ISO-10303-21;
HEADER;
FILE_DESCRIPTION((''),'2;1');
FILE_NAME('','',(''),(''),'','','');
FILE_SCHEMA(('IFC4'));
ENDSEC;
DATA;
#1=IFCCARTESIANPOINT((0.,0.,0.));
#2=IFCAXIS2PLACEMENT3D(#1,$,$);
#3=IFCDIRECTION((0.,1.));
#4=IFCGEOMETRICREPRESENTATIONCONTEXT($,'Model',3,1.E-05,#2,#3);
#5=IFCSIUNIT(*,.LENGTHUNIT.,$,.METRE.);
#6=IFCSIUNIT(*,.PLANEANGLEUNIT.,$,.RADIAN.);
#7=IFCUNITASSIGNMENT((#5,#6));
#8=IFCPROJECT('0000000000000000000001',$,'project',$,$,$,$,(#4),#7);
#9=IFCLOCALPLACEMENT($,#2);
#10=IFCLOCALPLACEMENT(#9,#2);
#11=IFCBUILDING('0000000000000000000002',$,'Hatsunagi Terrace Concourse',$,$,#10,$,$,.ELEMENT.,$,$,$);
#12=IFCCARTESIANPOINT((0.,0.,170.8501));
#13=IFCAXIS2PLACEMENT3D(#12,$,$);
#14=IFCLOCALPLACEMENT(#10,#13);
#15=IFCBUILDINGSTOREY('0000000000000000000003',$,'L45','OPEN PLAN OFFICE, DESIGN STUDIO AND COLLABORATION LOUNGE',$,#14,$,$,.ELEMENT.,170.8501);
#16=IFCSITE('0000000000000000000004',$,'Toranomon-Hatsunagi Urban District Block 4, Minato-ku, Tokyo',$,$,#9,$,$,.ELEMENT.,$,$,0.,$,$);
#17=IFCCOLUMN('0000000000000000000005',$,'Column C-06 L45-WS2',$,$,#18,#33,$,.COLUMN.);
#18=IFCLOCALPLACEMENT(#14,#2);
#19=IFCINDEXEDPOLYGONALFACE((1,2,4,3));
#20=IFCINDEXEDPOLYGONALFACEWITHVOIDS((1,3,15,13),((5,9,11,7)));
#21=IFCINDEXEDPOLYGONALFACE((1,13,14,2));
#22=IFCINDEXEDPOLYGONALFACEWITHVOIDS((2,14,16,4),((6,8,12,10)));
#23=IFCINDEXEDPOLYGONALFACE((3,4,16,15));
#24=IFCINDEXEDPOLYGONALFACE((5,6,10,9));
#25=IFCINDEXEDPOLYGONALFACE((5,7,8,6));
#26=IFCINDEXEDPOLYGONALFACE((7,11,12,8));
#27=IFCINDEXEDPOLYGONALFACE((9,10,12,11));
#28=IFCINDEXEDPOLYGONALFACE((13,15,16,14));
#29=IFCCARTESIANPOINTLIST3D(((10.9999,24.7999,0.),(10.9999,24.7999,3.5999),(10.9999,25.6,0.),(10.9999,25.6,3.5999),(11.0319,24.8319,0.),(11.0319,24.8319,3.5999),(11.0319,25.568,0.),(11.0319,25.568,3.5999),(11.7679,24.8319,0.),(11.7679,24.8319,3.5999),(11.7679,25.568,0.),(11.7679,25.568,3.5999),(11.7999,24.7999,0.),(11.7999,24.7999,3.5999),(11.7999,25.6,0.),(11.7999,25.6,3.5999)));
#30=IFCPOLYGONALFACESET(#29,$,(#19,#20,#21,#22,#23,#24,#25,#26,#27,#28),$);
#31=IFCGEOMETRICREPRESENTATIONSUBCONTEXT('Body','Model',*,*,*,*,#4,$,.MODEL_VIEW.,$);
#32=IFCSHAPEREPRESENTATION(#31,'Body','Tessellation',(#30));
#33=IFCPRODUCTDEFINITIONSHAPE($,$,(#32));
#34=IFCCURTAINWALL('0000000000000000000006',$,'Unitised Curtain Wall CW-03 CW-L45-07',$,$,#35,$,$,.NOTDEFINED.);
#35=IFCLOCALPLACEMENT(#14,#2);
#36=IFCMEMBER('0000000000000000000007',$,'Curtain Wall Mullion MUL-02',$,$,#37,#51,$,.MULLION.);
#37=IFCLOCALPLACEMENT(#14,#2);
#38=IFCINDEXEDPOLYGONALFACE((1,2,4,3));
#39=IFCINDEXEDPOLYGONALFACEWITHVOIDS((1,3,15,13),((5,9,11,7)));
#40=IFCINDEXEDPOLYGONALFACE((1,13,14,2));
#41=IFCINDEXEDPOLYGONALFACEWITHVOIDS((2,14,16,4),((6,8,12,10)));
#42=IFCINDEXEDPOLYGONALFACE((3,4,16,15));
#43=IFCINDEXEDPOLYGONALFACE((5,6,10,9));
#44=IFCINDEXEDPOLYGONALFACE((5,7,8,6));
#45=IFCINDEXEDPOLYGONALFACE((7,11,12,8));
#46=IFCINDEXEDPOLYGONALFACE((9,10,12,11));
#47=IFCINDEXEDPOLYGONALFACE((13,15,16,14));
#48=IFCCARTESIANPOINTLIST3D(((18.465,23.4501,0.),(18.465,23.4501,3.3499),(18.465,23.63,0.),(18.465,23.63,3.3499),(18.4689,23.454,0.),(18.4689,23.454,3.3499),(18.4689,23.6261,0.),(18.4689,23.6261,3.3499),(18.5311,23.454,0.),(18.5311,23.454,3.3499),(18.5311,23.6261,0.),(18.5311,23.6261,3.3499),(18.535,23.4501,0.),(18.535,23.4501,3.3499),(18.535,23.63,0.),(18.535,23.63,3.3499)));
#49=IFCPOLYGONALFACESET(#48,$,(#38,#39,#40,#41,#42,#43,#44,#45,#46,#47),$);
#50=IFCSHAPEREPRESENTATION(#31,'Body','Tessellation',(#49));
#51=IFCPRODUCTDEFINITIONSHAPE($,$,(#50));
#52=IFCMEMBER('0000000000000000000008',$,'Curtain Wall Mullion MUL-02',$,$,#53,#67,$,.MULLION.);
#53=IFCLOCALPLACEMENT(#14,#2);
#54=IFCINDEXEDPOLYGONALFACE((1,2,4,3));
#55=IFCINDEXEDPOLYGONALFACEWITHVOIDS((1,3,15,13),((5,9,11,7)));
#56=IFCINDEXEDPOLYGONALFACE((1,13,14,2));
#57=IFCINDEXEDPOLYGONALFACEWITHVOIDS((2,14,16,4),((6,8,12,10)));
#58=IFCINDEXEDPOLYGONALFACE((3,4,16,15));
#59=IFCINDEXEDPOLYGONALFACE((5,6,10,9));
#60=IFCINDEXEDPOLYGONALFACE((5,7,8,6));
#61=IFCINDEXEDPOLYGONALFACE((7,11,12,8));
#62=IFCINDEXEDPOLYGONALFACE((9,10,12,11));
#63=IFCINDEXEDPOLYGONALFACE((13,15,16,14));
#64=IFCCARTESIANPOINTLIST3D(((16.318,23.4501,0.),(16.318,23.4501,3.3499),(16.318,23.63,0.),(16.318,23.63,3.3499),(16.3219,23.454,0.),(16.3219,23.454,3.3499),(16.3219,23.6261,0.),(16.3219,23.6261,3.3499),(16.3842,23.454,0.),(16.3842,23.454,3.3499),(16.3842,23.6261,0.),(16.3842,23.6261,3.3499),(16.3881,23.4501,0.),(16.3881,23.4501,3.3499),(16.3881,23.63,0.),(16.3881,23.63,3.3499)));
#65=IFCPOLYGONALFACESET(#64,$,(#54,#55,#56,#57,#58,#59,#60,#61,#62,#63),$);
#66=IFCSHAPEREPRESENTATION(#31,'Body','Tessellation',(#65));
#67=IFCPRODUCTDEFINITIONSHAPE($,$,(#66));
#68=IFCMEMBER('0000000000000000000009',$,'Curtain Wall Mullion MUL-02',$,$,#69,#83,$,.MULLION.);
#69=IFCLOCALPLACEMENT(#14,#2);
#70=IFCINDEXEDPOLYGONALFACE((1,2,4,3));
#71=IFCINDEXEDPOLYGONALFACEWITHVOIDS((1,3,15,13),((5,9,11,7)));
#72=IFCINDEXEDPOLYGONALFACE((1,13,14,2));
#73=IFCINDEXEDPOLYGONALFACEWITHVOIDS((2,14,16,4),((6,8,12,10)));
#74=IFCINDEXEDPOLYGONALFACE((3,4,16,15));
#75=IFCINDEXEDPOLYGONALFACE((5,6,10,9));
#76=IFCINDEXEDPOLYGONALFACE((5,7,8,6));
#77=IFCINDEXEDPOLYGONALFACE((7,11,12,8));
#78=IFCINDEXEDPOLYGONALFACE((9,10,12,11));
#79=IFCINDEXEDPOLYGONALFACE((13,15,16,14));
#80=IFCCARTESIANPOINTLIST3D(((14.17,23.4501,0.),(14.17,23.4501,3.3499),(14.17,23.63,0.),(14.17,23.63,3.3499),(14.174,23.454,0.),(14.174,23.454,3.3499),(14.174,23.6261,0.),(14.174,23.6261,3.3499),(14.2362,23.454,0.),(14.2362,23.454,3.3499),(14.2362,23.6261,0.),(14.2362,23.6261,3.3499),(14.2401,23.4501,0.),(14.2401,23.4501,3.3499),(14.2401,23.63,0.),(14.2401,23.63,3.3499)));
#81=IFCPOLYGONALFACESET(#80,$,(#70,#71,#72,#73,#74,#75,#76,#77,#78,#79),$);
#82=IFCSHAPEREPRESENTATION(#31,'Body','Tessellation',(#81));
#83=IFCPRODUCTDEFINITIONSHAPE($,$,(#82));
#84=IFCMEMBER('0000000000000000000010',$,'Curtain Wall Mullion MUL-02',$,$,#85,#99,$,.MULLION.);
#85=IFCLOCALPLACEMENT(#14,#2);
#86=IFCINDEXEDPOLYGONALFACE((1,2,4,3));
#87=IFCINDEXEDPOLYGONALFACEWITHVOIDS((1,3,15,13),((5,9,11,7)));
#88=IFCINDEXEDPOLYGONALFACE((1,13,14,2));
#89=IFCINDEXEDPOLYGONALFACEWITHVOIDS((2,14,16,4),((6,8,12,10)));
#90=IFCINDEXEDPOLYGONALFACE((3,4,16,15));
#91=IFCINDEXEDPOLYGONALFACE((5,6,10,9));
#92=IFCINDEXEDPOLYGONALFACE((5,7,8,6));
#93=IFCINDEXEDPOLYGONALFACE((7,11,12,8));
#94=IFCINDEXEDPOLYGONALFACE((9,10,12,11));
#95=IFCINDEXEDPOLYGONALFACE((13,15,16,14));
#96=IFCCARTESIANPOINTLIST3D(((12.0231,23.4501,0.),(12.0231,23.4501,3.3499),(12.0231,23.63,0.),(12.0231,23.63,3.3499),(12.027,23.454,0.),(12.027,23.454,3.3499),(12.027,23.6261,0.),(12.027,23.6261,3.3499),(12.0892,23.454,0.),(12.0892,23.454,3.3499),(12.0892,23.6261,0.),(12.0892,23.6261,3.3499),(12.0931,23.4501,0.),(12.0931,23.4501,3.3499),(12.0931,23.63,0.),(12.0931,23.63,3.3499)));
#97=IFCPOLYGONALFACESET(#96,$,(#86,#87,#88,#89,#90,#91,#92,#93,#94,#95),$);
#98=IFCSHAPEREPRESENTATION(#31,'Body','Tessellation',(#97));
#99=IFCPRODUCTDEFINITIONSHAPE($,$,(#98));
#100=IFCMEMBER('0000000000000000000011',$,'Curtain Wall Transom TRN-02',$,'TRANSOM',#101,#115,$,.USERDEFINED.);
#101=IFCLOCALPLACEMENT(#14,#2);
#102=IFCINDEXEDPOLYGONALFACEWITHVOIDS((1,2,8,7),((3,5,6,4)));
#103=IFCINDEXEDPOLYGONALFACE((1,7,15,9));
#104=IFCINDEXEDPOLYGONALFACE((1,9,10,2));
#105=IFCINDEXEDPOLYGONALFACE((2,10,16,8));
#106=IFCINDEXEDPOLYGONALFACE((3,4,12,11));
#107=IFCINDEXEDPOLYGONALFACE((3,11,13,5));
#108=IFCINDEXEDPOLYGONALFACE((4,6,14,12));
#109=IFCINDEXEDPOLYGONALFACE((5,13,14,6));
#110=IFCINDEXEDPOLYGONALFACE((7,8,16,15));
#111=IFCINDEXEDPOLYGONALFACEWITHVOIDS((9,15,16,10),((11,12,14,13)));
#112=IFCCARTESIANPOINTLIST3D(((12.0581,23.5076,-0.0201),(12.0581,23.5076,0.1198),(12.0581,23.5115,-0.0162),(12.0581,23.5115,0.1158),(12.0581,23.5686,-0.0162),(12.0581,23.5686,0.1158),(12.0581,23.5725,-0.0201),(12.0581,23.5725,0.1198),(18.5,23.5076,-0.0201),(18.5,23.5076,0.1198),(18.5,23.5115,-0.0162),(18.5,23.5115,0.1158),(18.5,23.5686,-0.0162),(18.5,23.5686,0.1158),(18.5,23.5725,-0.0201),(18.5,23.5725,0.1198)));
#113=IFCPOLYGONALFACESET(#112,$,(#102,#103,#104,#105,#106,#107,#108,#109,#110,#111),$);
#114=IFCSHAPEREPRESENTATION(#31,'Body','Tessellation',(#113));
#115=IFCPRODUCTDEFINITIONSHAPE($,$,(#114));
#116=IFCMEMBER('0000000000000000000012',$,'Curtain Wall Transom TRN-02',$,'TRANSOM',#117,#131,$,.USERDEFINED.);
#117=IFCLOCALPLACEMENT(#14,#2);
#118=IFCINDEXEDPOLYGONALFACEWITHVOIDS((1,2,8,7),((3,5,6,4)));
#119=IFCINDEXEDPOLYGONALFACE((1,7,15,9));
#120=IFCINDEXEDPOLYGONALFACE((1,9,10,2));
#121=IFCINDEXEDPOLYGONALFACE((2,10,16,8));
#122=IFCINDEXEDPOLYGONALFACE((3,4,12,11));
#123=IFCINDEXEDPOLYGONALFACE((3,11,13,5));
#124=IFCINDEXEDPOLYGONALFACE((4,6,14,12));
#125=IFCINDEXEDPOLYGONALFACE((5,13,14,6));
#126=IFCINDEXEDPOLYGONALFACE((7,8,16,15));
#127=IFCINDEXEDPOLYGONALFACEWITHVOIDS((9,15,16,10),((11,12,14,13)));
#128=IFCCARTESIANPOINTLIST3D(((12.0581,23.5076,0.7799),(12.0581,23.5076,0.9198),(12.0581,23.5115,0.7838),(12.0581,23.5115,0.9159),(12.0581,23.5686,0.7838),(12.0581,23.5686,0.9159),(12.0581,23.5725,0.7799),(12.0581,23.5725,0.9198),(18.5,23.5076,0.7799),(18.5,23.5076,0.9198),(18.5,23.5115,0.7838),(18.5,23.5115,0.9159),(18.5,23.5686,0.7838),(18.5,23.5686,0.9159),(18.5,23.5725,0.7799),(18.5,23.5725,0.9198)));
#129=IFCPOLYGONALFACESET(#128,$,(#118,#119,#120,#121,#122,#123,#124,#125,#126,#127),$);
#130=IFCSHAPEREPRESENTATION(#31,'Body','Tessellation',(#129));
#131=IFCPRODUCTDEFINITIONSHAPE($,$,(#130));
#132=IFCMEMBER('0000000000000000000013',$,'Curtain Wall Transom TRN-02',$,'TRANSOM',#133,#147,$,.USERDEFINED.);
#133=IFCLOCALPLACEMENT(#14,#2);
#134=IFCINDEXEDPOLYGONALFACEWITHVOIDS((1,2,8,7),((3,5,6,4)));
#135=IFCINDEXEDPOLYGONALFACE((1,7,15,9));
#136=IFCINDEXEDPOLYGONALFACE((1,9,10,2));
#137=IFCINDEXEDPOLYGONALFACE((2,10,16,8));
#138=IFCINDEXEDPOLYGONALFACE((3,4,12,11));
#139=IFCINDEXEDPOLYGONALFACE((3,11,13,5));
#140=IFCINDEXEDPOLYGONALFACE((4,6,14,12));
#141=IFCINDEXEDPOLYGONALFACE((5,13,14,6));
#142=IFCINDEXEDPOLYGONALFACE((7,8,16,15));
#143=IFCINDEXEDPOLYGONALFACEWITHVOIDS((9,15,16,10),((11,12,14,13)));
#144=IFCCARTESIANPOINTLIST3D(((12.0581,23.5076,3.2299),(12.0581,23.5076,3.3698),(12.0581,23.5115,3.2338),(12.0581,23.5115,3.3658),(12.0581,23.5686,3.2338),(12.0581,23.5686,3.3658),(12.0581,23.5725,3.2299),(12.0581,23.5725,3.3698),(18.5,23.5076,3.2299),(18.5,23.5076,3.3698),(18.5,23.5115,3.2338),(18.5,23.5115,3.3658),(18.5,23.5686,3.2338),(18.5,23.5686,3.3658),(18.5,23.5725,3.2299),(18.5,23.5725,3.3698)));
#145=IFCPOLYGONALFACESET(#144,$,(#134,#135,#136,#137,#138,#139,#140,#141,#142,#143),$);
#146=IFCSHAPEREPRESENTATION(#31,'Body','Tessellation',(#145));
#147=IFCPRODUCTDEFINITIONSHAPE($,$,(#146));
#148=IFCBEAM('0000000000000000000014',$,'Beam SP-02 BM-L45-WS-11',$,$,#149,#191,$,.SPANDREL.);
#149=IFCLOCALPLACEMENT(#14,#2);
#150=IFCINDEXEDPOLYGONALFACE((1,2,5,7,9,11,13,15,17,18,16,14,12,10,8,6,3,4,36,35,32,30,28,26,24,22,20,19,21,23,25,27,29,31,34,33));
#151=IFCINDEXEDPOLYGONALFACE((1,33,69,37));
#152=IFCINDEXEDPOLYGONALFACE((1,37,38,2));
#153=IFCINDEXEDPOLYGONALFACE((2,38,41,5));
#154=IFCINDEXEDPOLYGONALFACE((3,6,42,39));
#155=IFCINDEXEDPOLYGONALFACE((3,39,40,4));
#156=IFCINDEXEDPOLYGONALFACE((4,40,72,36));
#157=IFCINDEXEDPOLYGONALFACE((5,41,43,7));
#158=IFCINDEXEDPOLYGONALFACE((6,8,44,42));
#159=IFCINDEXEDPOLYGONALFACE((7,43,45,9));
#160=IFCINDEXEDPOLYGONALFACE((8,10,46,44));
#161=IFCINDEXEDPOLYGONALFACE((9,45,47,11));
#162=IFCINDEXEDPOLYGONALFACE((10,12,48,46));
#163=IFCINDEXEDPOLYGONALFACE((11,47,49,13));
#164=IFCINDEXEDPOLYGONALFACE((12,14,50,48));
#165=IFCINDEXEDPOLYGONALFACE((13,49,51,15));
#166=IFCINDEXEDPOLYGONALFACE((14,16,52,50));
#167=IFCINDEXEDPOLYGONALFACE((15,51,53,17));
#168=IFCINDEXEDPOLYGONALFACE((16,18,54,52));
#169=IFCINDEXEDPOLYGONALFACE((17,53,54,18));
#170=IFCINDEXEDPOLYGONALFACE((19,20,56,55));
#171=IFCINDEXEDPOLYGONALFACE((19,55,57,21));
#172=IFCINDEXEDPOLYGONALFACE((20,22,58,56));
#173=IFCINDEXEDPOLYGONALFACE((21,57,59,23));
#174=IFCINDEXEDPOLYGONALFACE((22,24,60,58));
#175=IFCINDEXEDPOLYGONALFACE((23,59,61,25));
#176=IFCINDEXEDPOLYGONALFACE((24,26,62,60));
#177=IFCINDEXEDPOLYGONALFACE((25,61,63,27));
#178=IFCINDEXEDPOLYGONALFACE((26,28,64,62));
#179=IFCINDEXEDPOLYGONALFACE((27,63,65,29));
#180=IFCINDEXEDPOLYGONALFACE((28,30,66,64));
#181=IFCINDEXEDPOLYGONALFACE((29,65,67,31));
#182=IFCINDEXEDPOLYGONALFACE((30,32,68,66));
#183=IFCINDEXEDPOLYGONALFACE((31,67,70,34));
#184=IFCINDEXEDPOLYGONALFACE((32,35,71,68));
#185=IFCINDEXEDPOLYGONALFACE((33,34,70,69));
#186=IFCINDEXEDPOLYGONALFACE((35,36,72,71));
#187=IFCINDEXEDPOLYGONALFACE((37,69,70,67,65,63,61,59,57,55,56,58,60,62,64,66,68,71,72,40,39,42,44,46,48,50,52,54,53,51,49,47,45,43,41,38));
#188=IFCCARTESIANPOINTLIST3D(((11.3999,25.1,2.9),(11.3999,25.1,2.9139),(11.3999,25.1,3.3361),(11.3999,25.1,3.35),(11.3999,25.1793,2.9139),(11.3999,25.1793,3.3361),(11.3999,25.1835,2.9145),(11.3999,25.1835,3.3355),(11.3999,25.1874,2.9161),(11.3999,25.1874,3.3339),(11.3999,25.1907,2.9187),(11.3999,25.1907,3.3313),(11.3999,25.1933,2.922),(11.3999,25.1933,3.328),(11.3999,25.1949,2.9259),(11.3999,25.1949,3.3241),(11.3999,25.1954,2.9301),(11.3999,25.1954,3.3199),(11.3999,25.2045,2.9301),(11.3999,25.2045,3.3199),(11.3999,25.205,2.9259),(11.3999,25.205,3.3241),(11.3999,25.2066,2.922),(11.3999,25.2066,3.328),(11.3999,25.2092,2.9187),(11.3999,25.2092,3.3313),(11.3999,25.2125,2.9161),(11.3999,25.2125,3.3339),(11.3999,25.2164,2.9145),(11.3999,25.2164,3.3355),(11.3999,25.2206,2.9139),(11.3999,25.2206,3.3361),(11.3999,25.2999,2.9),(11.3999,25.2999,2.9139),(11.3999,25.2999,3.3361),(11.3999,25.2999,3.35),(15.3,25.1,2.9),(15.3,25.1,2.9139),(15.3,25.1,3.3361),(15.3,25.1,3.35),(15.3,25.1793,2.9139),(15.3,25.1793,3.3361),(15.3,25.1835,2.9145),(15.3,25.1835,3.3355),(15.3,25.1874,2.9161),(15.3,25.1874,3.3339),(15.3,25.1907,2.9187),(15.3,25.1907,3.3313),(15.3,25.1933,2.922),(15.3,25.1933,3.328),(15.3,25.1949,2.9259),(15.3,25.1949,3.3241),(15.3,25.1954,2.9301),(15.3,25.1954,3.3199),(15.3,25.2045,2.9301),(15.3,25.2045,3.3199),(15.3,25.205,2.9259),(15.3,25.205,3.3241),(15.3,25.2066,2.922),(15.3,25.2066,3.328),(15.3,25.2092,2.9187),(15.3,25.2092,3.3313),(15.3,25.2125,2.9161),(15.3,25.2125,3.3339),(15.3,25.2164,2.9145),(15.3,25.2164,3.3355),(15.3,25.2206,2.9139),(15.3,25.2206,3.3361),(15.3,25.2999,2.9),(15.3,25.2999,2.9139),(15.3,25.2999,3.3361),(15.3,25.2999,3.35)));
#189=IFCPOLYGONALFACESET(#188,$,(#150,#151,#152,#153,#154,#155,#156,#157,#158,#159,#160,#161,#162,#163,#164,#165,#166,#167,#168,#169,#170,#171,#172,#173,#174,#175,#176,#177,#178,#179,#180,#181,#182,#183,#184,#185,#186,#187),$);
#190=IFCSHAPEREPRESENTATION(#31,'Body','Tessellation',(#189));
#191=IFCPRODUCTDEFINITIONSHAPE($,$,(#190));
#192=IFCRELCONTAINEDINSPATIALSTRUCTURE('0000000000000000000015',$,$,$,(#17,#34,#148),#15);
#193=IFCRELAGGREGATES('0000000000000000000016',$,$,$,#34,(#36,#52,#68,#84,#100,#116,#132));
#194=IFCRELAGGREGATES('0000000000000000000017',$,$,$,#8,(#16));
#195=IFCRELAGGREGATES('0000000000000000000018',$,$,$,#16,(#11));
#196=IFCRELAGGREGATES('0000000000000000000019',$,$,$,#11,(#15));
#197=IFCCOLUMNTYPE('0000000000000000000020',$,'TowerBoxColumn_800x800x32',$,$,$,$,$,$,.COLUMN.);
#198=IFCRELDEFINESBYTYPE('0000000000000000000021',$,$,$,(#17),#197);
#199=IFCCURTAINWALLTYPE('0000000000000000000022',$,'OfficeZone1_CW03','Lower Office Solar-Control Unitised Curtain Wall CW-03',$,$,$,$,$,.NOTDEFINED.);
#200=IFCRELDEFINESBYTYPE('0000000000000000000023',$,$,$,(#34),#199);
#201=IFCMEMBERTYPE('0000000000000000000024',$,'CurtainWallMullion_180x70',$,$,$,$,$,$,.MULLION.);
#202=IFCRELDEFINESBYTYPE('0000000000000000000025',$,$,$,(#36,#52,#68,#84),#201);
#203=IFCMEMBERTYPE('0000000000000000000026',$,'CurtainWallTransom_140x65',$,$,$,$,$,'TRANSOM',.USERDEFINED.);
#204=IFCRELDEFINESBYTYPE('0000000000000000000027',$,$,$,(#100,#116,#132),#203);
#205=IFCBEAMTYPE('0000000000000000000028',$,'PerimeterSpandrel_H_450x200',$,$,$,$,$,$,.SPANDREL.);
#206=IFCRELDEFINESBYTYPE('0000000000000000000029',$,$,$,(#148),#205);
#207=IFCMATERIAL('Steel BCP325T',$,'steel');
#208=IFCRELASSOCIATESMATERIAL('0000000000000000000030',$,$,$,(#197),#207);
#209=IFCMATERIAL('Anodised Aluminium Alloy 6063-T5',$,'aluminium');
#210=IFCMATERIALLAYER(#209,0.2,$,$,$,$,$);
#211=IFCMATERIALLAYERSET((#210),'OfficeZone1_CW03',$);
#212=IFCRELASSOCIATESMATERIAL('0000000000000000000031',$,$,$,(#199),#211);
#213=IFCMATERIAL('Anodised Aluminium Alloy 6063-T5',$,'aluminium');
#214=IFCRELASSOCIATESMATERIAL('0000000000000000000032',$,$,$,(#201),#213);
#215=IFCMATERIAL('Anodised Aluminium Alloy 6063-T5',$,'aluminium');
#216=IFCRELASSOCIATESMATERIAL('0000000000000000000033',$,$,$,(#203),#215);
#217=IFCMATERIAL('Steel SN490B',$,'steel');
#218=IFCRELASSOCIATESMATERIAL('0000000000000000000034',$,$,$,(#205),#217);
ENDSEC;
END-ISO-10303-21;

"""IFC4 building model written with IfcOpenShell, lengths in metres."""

from ifc_helpers import new_model, si_unit, direction, frame, origin, origin_2d, place, context, subcontext, project, spatial, hollow_rectangle, i_section, extrude, material, layer, layer_set, material_profile, profile_set, type_object, element, aggregate, save


model = new_model("IFC4")

# Units and contexts
model_context = context("Model", 3, precision=1e-05, world=origin(), true_north=direction((0.0, 1.0)))
body_context = subcontext(model_context, "Body", "Model", "MODEL_VIEW")
ifc_project = project(units=[si_unit("LENGTHUNIT", "METRE"), si_unit("PLANEANGLEUNIT", "RADIAN")], contexts=[model_context])

# Site, building, storey
site_placement = place(None, origin())
site = spatial("IfcSite", under=ifc_project, at=site_placement, Name="Toranomon-Hatsunagi Urban District Block 4, Minato-ku, Tokyo", CompositionType="ELEMENT", RefElevation=0.0)
building_placement = place(site_placement, origin())
building = spatial("IfcBuilding", under=site, at=building_placement, Name="Hatsunagi Terrace Concourse", CompositionType="ELEMENT")
storey_placement = place(building_placement, frame((0.0, 0.0, 170.8501)))
storey = spatial("IfcBuildingStorey", under=building, at=storey_placement, Name="L45", Description="OPEN PLAN OFFICE, DESIGN STUDIO AND COLLABORATION LOUNGE", CompositionType="ELEMENT", Elevation=170.8501)

# Column
ifc_material_1 = material(Name="Steel BCP325T", Category="steel")
ifc_material_profile_1 = material_profile(ifc_material_1, hollow_rectangle(XDim=0.8, YDim=0.8, WallThickness=0.032, at=origin_2d()), Name="BCP-800x800x32")
ifc_profile_set_1 = profile_set([ifc_material_profile_1], Name="Steel BCP325T")
column_type = type_object("IfcColumnType", Name="TowerBoxColumn_800x800x32", PredefinedType="COLUMN", material=ifc_profile_set_1)
column_placement = place(storey_placement, frame((11.3999, 25.2, 0.0), z_axis=(0.0, 0.0, 1.0), x_axis=(1.0, 0.0, 0.0)))
element("IfcColumn", 1, at=column_placement, inside=storey, type_object=column_type, Name="Column C-06 L45-WS2", PredefinedType="COLUMN", context=body_context, shape_type="SweptSolid", body=[
    extrude(hollow_rectangle(XDim=0.8, YDim=0.8, WallThickness=0.032, at=origin_2d()), origin(), (0.0, 0.0, 1.0), 3.5999),
])

# Curtain wall, members
ifc_material_2 = material(Name="Anodised Aluminium Alloy 6063-T5", Category="aluminium")
ifc_layer_1 = layer(ifc_material_2, 0.2)
ifc_layer_set_1 = layer_set([ifc_layer_1], Name="OfficeZone1_CW03")
curtain_wall_type = type_object("IfcCurtainWallType", Name="OfficeZone1_CW03", Description="Lower Office Solar-Control Unitised Curtain Wall CW-03", PredefinedType="NOTDEFINED", material=ifc_layer_set_1)
curtain_wall_placement = place(storey_placement, origin())
curtain_wall = element("IfcCurtainWall", 2, at=curtain_wall_placement, inside=storey, type_object=curtain_wall_type, Name="Unitised Curtain Wall CW-03 CW-L45-07", PredefinedType="NOTDEFINED")
ifc_material_3 = material(Name="Anodised Aluminium Alloy 6063-T5", Category="aluminium")
ifc_material_profile_2 = material_profile(ifc_material_3, hollow_rectangle(XDim=0.0701, YDim=0.1799, WallThickness=0.0039, at=origin_2d()), Name="ALU-MUL-180x70x4")
ifc_profile_set_2 = profile_set([ifc_material_profile_2], Name="Anodised Aluminium Alloy 6063-T5")
member_type_1 = type_object("IfcMemberType", Name="CurtainWallMullion_180x70", PredefinedType="MULLION", material=ifc_profile_set_2)
member_1_placement = place(storey_placement, frame((18.5, 23.54, 0.0), z_axis=(0.0, 0.0, 1.0), x_axis=(-1.0, 0.0, 0.0)))
member_1 = element("IfcMember", 3, at=member_1_placement, type_object=member_type_1, Name="Curtain Wall Mullion MUL-02", PredefinedType="MULLION", context=body_context, shape_type="SweptSolid", body=[
    extrude(hollow_rectangle(XDim=0.0701, YDim=0.1799, WallThickness=0.0039, at=origin_2d()), origin(), (0.0, 0.0, 1.0), 3.3499),
])
member_2_placement = place(storey_placement, frame((16.353, 23.54, 0.0), z_axis=(0.0, 0.0, 1.0), x_axis=(-1.0, 0.0, 0.0)))
member_2 = element("IfcMember", 4, at=member_2_placement, type_object=member_type_1, Name="Curtain Wall Mullion MUL-02", PredefinedType="MULLION", context=body_context, shape_type="SweptSolid", body=[
    extrude(hollow_rectangle(XDim=0.0701, YDim=0.1799, WallThickness=0.0039, at=origin_2d()), origin(), (0.0, 0.0, 1.0), 3.3499),
])
member_3_placement = place(storey_placement, frame((14.2051, 23.54, 0.0), z_axis=(0.0, 0.0, 1.0), x_axis=(-1.0, 0.0, 0.0)))
member_3 = element("IfcMember", 5, at=member_3_placement, type_object=member_type_1, Name="Curtain Wall Mullion MUL-02", PredefinedType="MULLION", context=body_context, shape_type="SweptSolid", body=[
    extrude(hollow_rectangle(XDim=0.0701, YDim=0.1799, WallThickness=0.0039, at=origin_2d()), origin(), (0.0, 0.0, 1.0), 3.3499),
])
member_4_placement = place(storey_placement, frame((12.0581, 23.54, 0.0), z_axis=(0.0, 0.0, 1.0), x_axis=(-1.0, 0.0, 0.0)))
member_4 = element("IfcMember", 6, at=member_4_placement, type_object=member_type_1, Name="Curtain Wall Mullion MUL-02", PredefinedType="MULLION", context=body_context, shape_type="SweptSolid", body=[
    extrude(hollow_rectangle(XDim=0.0701, YDim=0.1799, WallThickness=0.0039, at=origin_2d()), origin(), (0.0, 0.0, 1.0), 3.3499),
])
ifc_material_4 = material(Name="Anodised Aluminium Alloy 6063-T5", Category="aluminium")
ifc_material_profile_3 = material_profile(ifc_material_4, hollow_rectangle(XDim=0.0649, YDim=0.1399, WallThickness=0.0039, at=origin_2d()), Name="ALU-TRN-140x65x4")
ifc_profile_set_3 = profile_set([ifc_material_profile_3], Name="Anodised Aluminium Alloy 6063-T5")
member_type_2 = type_object("IfcMemberType", Name="CurtainWallTransom_140x65", ElementType="TRANSOM", PredefinedType="USERDEFINED", material=ifc_profile_set_3)
member_5_placement = place(storey_placement, frame((18.5, 23.54, 0.0498), z_axis=(-1.0, 0.0, 0.0), x_axis=(0.0, -1.0, 0.0)))
member_5 = element("IfcMember", 7, at=member_5_placement, type_object=member_type_2, Name="Curtain Wall Transom TRN-02", ObjectType="TRANSOM", PredefinedType="USERDEFINED", context=body_context, shape_type="SweptSolid", body=[
    extrude(hollow_rectangle(XDim=0.0649, YDim=0.1399, WallThickness=0.0039, at=origin_2d()), origin(), (0.0, 0.0, 1.0), 6.4419),
])
member_6_placement = place(storey_placement, frame((18.5, 23.54, 0.8499), z_axis=(-1.0, 0.0, 0.0), x_axis=(0.0, -1.0, 0.0)))
member_6 = element("IfcMember", 8, at=member_6_placement, type_object=member_type_2, Name="Curtain Wall Transom TRN-02", ObjectType="TRANSOM", PredefinedType="USERDEFINED", context=body_context, shape_type="SweptSolid", body=[
    extrude(hollow_rectangle(XDim=0.0649, YDim=0.1399, WallThickness=0.0039, at=origin_2d()), origin(), (0.0, 0.0, 1.0), 6.4419),
])
member_7_placement = place(storey_placement, frame((18.5, 23.54, 3.2998), z_axis=(-1.0, 0.0, 0.0), x_axis=(0.0, -1.0, 0.0)))
member_7 = element("IfcMember", 9, at=member_7_placement, type_object=member_type_2, Name="Curtain Wall Transom TRN-02", ObjectType="TRANSOM", PredefinedType="USERDEFINED", context=body_context, shape_type="SweptSolid", body=[
    extrude(hollow_rectangle(XDim=0.0649, YDim=0.1399, WallThickness=0.0039, at=origin_2d()), origin(), (0.0, 0.0, 1.0), 6.4419),
])

# Beam
ifc_material_5 = material(Name="Steel SN490B", Category="steel")
ifc_material_profile_4 = material_profile(ifc_material_5, i_section(OverallWidth=0.2, OverallDepth=0.45, WebThickness=0.009, FlangeThickness=0.0139, FilletRadius=0.0161, at=origin_2d()), Name="H-450x200x9x14")
ifc_profile_set_4 = profile_set([ifc_material_profile_4], Name="Steel SN490B")
beam_type = type_object("IfcBeamType", Name="PerimeterSpandrel_H_450x200", PredefinedType="SPANDREL", material=ifc_profile_set_4)
beam_1_placement = place(storey_placement, frame((11.3999, 25.2, 3.125), z_axis=(1.0, 0.0, 0.0), x_axis=(0.0, 1.0, 0.0)))
element("IfcBeam", 10, at=beam_1_placement, inside=storey, type_object=beam_type, Name="Beam SP-02 BM-L45-WS-11", PredefinedType="SPANDREL", context=body_context, shape_type="SweptSolid", body=[
    extrude(i_section(OverallWidth=0.2, OverallDepth=0.45, WebThickness=0.009, FlangeThickness=0.0139, FilletRadius=0.0161, at=origin_2d()), origin(), (0.0, 0.0, 1.0), 3.9001),
])

aggregate(curtain_wall, [member_1, member_2, member_3, member_4, member_5, member_6, member_7])

save(model, "model.ifc")
